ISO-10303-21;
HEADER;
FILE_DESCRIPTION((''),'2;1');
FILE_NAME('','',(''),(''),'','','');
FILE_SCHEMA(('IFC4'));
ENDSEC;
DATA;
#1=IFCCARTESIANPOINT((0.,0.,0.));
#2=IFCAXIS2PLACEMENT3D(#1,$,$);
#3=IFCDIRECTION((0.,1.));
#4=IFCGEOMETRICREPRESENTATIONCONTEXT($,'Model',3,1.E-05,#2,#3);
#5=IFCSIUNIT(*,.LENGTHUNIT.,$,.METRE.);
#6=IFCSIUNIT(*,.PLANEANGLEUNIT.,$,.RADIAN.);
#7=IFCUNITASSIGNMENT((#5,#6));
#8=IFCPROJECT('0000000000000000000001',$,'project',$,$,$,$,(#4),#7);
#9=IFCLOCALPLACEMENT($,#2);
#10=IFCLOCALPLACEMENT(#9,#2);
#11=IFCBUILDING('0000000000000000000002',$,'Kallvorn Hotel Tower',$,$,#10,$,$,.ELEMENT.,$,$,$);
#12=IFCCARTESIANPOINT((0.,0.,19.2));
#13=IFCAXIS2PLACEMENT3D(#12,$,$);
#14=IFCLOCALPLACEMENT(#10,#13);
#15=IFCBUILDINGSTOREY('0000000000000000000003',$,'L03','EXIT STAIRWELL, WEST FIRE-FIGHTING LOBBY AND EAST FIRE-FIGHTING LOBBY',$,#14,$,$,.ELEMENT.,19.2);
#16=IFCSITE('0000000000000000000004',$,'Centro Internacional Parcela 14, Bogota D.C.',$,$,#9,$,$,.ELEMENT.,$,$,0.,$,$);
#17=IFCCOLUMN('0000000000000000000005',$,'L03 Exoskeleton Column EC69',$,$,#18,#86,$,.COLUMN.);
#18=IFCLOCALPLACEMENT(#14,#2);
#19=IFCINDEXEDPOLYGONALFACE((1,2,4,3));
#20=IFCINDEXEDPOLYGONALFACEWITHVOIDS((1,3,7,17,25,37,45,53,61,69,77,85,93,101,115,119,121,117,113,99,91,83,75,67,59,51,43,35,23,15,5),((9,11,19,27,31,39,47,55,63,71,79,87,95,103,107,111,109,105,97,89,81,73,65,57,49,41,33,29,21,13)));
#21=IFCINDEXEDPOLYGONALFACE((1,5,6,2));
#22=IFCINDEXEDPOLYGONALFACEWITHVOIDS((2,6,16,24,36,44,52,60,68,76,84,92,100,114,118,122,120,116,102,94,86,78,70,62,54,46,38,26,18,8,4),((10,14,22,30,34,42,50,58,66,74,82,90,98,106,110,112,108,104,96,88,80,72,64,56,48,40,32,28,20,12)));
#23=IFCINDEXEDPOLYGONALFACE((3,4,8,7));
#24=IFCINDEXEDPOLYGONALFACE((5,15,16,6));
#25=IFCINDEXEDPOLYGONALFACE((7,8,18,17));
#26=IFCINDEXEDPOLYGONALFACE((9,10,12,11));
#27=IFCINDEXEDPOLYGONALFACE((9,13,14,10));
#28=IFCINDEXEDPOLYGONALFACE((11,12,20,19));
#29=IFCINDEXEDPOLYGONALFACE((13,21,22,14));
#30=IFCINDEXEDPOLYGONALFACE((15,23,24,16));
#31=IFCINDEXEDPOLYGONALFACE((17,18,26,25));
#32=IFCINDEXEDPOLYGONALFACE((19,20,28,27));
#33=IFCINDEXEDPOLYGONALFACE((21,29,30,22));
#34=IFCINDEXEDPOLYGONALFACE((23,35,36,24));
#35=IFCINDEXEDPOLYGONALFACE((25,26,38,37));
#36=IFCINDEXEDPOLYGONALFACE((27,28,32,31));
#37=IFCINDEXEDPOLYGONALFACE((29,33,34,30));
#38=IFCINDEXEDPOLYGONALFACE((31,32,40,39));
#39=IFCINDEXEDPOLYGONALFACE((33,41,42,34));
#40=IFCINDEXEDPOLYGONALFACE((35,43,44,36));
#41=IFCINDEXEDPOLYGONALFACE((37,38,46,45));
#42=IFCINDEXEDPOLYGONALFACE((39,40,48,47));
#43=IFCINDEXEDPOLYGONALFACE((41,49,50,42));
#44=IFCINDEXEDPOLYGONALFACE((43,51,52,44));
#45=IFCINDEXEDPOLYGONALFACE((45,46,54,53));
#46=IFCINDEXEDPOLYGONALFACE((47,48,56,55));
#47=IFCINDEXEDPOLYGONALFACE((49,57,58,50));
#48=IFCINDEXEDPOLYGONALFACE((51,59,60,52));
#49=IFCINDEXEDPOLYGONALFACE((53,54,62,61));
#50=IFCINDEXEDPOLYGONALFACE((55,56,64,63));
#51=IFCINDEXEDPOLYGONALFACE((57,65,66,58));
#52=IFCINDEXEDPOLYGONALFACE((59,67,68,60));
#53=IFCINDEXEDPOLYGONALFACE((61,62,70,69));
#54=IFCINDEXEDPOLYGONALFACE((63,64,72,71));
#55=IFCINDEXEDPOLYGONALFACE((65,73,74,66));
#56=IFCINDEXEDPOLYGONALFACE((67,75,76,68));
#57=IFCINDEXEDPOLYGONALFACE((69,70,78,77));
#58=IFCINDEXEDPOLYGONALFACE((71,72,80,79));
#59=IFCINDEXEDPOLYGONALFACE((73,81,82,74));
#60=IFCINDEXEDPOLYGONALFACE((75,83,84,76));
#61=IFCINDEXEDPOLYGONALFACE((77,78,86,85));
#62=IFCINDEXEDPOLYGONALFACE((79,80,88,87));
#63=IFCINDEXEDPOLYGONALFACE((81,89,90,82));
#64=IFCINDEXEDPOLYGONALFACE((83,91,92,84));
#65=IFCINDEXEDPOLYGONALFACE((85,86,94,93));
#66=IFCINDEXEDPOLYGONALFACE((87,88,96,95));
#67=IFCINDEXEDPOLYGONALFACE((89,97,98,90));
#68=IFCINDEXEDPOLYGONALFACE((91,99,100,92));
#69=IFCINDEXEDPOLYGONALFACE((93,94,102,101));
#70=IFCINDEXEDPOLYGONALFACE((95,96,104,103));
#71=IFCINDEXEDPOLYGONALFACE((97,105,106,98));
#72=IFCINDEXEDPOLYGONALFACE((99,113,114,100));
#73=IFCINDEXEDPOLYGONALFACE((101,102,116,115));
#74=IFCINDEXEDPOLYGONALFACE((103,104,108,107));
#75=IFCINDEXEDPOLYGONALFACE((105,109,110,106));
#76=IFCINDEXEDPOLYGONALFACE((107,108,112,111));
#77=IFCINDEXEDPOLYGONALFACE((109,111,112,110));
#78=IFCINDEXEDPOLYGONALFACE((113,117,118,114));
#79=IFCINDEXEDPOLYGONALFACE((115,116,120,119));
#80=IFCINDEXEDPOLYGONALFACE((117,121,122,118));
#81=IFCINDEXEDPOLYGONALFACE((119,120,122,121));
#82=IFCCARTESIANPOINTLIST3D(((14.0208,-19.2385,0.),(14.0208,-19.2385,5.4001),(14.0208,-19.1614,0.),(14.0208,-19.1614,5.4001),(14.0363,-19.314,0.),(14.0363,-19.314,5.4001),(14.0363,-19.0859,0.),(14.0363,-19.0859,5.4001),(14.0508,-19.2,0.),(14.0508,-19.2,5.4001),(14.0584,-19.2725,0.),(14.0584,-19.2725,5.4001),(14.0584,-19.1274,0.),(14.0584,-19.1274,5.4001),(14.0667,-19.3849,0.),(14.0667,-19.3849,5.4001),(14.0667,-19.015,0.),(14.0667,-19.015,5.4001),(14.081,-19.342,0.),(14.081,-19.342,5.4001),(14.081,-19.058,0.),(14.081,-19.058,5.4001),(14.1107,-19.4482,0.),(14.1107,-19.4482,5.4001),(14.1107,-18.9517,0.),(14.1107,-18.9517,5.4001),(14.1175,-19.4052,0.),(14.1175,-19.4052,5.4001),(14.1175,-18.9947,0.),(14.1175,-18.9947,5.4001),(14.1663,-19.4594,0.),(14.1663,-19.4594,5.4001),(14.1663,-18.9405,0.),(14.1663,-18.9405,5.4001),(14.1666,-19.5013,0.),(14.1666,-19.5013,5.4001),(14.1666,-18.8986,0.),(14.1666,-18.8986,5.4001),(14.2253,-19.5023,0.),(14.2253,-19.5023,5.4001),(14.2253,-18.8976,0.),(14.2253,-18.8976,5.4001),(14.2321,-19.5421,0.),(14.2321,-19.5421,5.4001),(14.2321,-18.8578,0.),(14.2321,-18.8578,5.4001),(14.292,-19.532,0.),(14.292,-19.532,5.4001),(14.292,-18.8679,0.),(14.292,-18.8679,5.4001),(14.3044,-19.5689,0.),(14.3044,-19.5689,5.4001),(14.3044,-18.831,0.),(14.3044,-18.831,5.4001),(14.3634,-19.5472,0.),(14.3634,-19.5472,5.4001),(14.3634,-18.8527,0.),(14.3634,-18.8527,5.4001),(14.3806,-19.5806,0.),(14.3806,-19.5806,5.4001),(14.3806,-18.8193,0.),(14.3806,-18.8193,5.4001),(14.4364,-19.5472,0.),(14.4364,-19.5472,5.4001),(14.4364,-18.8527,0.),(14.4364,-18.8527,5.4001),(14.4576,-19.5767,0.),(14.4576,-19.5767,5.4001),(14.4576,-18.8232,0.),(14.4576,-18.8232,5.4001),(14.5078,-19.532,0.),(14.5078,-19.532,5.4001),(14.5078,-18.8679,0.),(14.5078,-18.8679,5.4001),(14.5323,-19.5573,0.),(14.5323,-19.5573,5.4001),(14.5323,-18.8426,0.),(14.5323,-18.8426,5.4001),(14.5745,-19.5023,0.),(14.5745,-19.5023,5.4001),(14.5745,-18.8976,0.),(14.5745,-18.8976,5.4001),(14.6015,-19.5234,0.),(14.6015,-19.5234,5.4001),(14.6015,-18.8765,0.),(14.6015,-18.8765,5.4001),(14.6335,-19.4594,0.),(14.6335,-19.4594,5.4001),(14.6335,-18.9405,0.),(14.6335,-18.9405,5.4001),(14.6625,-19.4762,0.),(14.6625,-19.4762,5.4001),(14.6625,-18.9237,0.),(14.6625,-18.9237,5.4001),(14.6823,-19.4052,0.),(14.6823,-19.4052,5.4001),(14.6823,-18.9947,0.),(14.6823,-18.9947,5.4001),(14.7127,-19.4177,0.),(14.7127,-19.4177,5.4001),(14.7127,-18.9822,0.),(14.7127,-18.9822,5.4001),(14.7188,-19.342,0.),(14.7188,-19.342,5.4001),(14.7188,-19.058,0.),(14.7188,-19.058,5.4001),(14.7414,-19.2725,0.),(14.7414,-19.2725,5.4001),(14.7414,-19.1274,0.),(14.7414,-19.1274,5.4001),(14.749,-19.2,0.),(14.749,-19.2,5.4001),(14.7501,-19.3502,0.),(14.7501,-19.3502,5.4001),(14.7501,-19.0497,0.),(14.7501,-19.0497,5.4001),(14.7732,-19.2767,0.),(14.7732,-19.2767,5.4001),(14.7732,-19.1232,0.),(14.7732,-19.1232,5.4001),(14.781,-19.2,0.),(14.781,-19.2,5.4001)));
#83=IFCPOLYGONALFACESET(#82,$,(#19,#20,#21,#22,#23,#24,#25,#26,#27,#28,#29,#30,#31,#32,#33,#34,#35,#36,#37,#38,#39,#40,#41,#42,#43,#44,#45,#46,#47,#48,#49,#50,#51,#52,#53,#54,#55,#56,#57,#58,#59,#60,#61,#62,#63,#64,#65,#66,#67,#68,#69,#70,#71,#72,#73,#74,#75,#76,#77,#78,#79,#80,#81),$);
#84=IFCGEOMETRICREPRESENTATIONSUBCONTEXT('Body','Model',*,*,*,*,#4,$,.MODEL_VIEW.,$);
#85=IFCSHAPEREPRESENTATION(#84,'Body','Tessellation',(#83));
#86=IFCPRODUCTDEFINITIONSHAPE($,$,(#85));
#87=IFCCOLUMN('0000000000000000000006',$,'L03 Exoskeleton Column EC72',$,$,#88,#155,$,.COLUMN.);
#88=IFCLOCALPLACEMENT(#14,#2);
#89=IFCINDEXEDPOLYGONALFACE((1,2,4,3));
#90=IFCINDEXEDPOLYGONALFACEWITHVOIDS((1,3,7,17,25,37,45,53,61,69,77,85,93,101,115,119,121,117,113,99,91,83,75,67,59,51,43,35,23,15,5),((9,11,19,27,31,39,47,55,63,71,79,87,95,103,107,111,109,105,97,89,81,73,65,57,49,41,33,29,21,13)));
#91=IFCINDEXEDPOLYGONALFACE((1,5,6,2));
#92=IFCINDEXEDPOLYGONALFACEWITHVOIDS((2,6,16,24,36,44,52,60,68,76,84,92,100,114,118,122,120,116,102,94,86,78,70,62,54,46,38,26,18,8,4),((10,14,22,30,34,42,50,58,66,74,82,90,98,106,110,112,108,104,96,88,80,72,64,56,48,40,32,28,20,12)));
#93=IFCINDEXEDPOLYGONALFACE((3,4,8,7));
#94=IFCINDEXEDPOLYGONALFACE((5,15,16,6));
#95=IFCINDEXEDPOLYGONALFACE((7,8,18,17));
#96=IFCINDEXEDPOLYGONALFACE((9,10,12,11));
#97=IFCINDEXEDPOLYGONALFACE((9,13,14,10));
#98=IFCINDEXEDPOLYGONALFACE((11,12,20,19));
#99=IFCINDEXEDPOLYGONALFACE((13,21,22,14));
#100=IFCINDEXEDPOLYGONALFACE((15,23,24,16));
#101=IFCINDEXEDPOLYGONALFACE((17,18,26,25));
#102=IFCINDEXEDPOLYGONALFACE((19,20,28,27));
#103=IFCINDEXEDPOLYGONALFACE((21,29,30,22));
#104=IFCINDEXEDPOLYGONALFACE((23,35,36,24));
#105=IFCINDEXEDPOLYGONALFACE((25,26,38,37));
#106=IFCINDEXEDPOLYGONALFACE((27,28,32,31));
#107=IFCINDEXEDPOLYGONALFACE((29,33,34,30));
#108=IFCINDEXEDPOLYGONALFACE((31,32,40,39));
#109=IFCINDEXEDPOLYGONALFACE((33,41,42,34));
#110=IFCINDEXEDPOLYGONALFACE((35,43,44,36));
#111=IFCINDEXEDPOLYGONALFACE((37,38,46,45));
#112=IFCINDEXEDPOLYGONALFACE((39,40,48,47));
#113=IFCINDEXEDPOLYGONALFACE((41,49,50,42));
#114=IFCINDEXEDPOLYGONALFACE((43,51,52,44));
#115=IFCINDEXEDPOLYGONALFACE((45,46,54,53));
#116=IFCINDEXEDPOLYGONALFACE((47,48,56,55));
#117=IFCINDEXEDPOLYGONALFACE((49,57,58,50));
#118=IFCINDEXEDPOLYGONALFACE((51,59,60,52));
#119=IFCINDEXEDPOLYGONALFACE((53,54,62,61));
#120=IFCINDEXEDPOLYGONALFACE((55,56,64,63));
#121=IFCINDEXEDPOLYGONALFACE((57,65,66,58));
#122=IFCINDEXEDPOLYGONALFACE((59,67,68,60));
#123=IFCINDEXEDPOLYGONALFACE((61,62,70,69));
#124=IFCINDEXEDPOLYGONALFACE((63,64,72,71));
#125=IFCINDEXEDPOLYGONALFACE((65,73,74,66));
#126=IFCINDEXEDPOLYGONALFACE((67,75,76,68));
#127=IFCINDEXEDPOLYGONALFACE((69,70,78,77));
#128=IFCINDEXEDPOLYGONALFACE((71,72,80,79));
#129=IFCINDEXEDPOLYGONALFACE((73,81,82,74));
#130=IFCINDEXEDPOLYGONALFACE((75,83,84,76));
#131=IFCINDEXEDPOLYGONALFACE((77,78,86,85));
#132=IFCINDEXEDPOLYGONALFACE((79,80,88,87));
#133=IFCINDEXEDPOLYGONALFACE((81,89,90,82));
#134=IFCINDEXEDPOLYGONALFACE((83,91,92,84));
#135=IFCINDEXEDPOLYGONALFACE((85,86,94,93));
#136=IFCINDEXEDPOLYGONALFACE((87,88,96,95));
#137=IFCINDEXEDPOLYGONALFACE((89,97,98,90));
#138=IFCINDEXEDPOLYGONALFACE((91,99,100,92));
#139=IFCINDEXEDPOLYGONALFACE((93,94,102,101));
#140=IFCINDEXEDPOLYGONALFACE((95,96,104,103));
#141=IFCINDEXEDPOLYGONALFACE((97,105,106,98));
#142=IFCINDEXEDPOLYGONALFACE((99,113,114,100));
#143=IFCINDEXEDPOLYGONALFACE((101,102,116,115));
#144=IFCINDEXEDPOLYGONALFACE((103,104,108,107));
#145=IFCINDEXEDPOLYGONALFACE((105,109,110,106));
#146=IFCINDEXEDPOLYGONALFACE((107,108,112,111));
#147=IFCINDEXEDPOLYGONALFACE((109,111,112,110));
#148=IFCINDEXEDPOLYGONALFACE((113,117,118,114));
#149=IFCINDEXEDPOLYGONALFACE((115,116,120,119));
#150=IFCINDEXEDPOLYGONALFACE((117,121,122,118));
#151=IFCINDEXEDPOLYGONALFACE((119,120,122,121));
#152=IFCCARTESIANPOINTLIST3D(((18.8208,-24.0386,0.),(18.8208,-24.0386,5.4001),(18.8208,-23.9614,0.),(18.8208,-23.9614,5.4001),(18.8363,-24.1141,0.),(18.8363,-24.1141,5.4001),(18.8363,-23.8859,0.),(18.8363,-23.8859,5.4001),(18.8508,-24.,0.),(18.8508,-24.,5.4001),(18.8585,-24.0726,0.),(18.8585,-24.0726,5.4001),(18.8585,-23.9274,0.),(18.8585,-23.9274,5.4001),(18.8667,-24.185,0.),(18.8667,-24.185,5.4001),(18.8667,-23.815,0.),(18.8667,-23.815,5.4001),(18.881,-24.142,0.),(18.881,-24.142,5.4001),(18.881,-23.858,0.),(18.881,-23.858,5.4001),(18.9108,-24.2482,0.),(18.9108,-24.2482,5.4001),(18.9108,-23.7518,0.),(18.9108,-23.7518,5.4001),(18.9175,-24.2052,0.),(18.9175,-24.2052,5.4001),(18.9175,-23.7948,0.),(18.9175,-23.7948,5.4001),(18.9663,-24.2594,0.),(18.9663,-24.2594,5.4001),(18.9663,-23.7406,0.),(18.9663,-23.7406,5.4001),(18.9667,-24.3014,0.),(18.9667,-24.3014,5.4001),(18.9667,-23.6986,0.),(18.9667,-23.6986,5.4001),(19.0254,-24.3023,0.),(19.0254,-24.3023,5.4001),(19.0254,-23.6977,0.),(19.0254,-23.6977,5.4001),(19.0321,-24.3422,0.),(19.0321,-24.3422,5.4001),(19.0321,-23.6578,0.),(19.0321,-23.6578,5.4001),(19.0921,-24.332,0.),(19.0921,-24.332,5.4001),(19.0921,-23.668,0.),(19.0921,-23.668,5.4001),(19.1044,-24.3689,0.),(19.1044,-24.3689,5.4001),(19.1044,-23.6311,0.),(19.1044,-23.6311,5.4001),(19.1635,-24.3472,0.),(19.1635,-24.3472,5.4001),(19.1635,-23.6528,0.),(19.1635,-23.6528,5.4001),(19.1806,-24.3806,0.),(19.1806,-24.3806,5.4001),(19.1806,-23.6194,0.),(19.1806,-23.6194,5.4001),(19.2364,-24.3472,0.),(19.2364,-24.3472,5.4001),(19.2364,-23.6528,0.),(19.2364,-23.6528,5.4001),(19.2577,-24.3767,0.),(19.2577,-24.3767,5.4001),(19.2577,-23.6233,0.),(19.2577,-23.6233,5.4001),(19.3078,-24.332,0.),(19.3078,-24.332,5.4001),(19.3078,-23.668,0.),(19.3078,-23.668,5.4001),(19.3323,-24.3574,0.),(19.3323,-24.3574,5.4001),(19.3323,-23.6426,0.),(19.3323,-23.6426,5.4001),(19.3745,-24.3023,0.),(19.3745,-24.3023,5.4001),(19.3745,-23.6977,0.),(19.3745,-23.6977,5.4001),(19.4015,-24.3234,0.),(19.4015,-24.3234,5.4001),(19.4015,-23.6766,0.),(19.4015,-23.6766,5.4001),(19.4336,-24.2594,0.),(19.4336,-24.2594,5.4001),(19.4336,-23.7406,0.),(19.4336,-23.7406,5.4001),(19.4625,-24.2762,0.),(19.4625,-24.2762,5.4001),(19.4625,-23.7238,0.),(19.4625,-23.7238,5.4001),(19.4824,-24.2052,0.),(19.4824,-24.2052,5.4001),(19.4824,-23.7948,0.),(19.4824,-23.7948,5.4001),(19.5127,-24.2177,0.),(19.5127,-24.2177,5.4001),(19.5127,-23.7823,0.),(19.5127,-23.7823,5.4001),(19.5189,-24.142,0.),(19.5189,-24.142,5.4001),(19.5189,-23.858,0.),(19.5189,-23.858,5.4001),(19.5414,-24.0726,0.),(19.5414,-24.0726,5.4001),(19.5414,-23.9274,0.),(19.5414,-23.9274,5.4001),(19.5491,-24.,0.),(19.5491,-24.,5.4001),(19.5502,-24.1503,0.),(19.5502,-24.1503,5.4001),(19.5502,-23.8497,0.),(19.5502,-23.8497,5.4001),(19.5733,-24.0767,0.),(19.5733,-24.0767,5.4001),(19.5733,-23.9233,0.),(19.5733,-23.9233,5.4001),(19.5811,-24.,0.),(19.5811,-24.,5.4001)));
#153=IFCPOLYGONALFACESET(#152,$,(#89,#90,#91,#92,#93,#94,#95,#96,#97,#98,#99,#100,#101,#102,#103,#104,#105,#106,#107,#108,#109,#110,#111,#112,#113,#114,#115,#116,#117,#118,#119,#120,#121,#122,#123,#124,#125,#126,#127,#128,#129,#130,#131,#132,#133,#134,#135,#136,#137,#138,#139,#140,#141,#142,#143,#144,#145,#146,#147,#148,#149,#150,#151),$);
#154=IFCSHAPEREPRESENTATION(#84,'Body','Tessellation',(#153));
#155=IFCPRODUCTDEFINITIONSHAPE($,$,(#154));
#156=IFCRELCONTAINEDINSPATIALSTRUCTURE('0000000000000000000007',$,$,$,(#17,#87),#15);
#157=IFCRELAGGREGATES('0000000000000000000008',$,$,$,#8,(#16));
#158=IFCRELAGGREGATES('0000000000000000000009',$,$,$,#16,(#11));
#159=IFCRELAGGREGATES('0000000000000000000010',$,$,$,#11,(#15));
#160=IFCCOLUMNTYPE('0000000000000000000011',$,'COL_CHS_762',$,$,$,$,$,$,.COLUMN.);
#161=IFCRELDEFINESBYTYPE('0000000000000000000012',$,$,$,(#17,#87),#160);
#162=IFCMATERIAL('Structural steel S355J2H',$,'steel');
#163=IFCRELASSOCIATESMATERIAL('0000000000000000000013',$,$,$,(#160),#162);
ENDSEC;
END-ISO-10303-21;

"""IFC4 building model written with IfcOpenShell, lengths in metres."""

from ifc_helpers import new_model, si_unit, direction, frame, origin, origin_2d, place, context, subcontext, project, spatial, hollow_circle, extrude, material, material_profile, profile_set, type_object, element, save


model = new_model("IFC4")

# Units and contexts
model_context = context("Model", 3, precision=1e-05, world=origin(), true_north=direction((0.0, 1.0)))
body_context = subcontext(model_context, "Body", "Model", "MODEL_VIEW")
ifc_project = project(units=[si_unit("LENGTHUNIT", "METRE"), si_unit("PLANEANGLEUNIT", "RADIAN")], contexts=[model_context])

# Site, building, storey
site_placement = place(None, origin())
site = spatial("IfcSite", under=ifc_project, at=site_placement, Name="Centro Internacional Parcela 14, Bogota D.C.", CompositionType="ELEMENT", RefElevation=0.0)
building_placement = place(site_placement, origin())
building = spatial("IfcBuilding", under=site, at=building_placement, Name="Kallvorn Hotel Tower", CompositionType="ELEMENT")
storey_placement = place(building_placement, frame((0.0, 0.0, 19.2)))
storey = spatial("IfcBuildingStorey", under=building, at=storey_placement, Name="L03", Description="EXIT STAIRWELL, WEST FIRE-FIGHTING LOBBY AND EAST FIRE-FIGHTING LOBBY", CompositionType="ELEMENT", Elevation=19.2)

# Columns
ifc_material_1 = material(Name="Structural steel S355J2H", Category="steel")
ifc_material_profile_1 = material_profile(ifc_material_1, hollow_circle(Radius=0.3811, WallThickness=0.032, at=origin_2d()), Name="CHS 762x32")
ifc_profile_set_1 = profile_set([ifc_material_profile_1], Name="Structural steel S355J2H")
column_type_1 = type_object("IfcColumnType", Name="COL_CHS_762", PredefinedType="COLUMN", material=ifc_profile_set_1)
for number, where, z_axis, x_axis, name in (
    (1, (14.3999, -19.2, 0.0), (0.0, 0.0, 1.0), (1.0, 0.0, 0.0), "L03 Exoskeleton Column EC69"),
    (2, (19.2, -24.0, 0.0), (0.0, 0.0, 1.0), (1.0, 0.0, 0.0), "L03 Exoskeleton Column EC72"),
):
    element("IfcColumn", number, at=place(storey_placement, frame(where, z_axis=z_axis, x_axis=x_axis)), inside=storey, type_object=column_type_1, Name=name, PredefinedType="COLUMN", context=body_context, shape_type="SweptSolid", body=[
        extrude(hollow_circle(Radius=0.3811, WallThickness=0.032, at=origin_2d()), origin(), (0.0, 0.0, 1.0), 5.4001),
    ])

save(model, "model.ifc")
